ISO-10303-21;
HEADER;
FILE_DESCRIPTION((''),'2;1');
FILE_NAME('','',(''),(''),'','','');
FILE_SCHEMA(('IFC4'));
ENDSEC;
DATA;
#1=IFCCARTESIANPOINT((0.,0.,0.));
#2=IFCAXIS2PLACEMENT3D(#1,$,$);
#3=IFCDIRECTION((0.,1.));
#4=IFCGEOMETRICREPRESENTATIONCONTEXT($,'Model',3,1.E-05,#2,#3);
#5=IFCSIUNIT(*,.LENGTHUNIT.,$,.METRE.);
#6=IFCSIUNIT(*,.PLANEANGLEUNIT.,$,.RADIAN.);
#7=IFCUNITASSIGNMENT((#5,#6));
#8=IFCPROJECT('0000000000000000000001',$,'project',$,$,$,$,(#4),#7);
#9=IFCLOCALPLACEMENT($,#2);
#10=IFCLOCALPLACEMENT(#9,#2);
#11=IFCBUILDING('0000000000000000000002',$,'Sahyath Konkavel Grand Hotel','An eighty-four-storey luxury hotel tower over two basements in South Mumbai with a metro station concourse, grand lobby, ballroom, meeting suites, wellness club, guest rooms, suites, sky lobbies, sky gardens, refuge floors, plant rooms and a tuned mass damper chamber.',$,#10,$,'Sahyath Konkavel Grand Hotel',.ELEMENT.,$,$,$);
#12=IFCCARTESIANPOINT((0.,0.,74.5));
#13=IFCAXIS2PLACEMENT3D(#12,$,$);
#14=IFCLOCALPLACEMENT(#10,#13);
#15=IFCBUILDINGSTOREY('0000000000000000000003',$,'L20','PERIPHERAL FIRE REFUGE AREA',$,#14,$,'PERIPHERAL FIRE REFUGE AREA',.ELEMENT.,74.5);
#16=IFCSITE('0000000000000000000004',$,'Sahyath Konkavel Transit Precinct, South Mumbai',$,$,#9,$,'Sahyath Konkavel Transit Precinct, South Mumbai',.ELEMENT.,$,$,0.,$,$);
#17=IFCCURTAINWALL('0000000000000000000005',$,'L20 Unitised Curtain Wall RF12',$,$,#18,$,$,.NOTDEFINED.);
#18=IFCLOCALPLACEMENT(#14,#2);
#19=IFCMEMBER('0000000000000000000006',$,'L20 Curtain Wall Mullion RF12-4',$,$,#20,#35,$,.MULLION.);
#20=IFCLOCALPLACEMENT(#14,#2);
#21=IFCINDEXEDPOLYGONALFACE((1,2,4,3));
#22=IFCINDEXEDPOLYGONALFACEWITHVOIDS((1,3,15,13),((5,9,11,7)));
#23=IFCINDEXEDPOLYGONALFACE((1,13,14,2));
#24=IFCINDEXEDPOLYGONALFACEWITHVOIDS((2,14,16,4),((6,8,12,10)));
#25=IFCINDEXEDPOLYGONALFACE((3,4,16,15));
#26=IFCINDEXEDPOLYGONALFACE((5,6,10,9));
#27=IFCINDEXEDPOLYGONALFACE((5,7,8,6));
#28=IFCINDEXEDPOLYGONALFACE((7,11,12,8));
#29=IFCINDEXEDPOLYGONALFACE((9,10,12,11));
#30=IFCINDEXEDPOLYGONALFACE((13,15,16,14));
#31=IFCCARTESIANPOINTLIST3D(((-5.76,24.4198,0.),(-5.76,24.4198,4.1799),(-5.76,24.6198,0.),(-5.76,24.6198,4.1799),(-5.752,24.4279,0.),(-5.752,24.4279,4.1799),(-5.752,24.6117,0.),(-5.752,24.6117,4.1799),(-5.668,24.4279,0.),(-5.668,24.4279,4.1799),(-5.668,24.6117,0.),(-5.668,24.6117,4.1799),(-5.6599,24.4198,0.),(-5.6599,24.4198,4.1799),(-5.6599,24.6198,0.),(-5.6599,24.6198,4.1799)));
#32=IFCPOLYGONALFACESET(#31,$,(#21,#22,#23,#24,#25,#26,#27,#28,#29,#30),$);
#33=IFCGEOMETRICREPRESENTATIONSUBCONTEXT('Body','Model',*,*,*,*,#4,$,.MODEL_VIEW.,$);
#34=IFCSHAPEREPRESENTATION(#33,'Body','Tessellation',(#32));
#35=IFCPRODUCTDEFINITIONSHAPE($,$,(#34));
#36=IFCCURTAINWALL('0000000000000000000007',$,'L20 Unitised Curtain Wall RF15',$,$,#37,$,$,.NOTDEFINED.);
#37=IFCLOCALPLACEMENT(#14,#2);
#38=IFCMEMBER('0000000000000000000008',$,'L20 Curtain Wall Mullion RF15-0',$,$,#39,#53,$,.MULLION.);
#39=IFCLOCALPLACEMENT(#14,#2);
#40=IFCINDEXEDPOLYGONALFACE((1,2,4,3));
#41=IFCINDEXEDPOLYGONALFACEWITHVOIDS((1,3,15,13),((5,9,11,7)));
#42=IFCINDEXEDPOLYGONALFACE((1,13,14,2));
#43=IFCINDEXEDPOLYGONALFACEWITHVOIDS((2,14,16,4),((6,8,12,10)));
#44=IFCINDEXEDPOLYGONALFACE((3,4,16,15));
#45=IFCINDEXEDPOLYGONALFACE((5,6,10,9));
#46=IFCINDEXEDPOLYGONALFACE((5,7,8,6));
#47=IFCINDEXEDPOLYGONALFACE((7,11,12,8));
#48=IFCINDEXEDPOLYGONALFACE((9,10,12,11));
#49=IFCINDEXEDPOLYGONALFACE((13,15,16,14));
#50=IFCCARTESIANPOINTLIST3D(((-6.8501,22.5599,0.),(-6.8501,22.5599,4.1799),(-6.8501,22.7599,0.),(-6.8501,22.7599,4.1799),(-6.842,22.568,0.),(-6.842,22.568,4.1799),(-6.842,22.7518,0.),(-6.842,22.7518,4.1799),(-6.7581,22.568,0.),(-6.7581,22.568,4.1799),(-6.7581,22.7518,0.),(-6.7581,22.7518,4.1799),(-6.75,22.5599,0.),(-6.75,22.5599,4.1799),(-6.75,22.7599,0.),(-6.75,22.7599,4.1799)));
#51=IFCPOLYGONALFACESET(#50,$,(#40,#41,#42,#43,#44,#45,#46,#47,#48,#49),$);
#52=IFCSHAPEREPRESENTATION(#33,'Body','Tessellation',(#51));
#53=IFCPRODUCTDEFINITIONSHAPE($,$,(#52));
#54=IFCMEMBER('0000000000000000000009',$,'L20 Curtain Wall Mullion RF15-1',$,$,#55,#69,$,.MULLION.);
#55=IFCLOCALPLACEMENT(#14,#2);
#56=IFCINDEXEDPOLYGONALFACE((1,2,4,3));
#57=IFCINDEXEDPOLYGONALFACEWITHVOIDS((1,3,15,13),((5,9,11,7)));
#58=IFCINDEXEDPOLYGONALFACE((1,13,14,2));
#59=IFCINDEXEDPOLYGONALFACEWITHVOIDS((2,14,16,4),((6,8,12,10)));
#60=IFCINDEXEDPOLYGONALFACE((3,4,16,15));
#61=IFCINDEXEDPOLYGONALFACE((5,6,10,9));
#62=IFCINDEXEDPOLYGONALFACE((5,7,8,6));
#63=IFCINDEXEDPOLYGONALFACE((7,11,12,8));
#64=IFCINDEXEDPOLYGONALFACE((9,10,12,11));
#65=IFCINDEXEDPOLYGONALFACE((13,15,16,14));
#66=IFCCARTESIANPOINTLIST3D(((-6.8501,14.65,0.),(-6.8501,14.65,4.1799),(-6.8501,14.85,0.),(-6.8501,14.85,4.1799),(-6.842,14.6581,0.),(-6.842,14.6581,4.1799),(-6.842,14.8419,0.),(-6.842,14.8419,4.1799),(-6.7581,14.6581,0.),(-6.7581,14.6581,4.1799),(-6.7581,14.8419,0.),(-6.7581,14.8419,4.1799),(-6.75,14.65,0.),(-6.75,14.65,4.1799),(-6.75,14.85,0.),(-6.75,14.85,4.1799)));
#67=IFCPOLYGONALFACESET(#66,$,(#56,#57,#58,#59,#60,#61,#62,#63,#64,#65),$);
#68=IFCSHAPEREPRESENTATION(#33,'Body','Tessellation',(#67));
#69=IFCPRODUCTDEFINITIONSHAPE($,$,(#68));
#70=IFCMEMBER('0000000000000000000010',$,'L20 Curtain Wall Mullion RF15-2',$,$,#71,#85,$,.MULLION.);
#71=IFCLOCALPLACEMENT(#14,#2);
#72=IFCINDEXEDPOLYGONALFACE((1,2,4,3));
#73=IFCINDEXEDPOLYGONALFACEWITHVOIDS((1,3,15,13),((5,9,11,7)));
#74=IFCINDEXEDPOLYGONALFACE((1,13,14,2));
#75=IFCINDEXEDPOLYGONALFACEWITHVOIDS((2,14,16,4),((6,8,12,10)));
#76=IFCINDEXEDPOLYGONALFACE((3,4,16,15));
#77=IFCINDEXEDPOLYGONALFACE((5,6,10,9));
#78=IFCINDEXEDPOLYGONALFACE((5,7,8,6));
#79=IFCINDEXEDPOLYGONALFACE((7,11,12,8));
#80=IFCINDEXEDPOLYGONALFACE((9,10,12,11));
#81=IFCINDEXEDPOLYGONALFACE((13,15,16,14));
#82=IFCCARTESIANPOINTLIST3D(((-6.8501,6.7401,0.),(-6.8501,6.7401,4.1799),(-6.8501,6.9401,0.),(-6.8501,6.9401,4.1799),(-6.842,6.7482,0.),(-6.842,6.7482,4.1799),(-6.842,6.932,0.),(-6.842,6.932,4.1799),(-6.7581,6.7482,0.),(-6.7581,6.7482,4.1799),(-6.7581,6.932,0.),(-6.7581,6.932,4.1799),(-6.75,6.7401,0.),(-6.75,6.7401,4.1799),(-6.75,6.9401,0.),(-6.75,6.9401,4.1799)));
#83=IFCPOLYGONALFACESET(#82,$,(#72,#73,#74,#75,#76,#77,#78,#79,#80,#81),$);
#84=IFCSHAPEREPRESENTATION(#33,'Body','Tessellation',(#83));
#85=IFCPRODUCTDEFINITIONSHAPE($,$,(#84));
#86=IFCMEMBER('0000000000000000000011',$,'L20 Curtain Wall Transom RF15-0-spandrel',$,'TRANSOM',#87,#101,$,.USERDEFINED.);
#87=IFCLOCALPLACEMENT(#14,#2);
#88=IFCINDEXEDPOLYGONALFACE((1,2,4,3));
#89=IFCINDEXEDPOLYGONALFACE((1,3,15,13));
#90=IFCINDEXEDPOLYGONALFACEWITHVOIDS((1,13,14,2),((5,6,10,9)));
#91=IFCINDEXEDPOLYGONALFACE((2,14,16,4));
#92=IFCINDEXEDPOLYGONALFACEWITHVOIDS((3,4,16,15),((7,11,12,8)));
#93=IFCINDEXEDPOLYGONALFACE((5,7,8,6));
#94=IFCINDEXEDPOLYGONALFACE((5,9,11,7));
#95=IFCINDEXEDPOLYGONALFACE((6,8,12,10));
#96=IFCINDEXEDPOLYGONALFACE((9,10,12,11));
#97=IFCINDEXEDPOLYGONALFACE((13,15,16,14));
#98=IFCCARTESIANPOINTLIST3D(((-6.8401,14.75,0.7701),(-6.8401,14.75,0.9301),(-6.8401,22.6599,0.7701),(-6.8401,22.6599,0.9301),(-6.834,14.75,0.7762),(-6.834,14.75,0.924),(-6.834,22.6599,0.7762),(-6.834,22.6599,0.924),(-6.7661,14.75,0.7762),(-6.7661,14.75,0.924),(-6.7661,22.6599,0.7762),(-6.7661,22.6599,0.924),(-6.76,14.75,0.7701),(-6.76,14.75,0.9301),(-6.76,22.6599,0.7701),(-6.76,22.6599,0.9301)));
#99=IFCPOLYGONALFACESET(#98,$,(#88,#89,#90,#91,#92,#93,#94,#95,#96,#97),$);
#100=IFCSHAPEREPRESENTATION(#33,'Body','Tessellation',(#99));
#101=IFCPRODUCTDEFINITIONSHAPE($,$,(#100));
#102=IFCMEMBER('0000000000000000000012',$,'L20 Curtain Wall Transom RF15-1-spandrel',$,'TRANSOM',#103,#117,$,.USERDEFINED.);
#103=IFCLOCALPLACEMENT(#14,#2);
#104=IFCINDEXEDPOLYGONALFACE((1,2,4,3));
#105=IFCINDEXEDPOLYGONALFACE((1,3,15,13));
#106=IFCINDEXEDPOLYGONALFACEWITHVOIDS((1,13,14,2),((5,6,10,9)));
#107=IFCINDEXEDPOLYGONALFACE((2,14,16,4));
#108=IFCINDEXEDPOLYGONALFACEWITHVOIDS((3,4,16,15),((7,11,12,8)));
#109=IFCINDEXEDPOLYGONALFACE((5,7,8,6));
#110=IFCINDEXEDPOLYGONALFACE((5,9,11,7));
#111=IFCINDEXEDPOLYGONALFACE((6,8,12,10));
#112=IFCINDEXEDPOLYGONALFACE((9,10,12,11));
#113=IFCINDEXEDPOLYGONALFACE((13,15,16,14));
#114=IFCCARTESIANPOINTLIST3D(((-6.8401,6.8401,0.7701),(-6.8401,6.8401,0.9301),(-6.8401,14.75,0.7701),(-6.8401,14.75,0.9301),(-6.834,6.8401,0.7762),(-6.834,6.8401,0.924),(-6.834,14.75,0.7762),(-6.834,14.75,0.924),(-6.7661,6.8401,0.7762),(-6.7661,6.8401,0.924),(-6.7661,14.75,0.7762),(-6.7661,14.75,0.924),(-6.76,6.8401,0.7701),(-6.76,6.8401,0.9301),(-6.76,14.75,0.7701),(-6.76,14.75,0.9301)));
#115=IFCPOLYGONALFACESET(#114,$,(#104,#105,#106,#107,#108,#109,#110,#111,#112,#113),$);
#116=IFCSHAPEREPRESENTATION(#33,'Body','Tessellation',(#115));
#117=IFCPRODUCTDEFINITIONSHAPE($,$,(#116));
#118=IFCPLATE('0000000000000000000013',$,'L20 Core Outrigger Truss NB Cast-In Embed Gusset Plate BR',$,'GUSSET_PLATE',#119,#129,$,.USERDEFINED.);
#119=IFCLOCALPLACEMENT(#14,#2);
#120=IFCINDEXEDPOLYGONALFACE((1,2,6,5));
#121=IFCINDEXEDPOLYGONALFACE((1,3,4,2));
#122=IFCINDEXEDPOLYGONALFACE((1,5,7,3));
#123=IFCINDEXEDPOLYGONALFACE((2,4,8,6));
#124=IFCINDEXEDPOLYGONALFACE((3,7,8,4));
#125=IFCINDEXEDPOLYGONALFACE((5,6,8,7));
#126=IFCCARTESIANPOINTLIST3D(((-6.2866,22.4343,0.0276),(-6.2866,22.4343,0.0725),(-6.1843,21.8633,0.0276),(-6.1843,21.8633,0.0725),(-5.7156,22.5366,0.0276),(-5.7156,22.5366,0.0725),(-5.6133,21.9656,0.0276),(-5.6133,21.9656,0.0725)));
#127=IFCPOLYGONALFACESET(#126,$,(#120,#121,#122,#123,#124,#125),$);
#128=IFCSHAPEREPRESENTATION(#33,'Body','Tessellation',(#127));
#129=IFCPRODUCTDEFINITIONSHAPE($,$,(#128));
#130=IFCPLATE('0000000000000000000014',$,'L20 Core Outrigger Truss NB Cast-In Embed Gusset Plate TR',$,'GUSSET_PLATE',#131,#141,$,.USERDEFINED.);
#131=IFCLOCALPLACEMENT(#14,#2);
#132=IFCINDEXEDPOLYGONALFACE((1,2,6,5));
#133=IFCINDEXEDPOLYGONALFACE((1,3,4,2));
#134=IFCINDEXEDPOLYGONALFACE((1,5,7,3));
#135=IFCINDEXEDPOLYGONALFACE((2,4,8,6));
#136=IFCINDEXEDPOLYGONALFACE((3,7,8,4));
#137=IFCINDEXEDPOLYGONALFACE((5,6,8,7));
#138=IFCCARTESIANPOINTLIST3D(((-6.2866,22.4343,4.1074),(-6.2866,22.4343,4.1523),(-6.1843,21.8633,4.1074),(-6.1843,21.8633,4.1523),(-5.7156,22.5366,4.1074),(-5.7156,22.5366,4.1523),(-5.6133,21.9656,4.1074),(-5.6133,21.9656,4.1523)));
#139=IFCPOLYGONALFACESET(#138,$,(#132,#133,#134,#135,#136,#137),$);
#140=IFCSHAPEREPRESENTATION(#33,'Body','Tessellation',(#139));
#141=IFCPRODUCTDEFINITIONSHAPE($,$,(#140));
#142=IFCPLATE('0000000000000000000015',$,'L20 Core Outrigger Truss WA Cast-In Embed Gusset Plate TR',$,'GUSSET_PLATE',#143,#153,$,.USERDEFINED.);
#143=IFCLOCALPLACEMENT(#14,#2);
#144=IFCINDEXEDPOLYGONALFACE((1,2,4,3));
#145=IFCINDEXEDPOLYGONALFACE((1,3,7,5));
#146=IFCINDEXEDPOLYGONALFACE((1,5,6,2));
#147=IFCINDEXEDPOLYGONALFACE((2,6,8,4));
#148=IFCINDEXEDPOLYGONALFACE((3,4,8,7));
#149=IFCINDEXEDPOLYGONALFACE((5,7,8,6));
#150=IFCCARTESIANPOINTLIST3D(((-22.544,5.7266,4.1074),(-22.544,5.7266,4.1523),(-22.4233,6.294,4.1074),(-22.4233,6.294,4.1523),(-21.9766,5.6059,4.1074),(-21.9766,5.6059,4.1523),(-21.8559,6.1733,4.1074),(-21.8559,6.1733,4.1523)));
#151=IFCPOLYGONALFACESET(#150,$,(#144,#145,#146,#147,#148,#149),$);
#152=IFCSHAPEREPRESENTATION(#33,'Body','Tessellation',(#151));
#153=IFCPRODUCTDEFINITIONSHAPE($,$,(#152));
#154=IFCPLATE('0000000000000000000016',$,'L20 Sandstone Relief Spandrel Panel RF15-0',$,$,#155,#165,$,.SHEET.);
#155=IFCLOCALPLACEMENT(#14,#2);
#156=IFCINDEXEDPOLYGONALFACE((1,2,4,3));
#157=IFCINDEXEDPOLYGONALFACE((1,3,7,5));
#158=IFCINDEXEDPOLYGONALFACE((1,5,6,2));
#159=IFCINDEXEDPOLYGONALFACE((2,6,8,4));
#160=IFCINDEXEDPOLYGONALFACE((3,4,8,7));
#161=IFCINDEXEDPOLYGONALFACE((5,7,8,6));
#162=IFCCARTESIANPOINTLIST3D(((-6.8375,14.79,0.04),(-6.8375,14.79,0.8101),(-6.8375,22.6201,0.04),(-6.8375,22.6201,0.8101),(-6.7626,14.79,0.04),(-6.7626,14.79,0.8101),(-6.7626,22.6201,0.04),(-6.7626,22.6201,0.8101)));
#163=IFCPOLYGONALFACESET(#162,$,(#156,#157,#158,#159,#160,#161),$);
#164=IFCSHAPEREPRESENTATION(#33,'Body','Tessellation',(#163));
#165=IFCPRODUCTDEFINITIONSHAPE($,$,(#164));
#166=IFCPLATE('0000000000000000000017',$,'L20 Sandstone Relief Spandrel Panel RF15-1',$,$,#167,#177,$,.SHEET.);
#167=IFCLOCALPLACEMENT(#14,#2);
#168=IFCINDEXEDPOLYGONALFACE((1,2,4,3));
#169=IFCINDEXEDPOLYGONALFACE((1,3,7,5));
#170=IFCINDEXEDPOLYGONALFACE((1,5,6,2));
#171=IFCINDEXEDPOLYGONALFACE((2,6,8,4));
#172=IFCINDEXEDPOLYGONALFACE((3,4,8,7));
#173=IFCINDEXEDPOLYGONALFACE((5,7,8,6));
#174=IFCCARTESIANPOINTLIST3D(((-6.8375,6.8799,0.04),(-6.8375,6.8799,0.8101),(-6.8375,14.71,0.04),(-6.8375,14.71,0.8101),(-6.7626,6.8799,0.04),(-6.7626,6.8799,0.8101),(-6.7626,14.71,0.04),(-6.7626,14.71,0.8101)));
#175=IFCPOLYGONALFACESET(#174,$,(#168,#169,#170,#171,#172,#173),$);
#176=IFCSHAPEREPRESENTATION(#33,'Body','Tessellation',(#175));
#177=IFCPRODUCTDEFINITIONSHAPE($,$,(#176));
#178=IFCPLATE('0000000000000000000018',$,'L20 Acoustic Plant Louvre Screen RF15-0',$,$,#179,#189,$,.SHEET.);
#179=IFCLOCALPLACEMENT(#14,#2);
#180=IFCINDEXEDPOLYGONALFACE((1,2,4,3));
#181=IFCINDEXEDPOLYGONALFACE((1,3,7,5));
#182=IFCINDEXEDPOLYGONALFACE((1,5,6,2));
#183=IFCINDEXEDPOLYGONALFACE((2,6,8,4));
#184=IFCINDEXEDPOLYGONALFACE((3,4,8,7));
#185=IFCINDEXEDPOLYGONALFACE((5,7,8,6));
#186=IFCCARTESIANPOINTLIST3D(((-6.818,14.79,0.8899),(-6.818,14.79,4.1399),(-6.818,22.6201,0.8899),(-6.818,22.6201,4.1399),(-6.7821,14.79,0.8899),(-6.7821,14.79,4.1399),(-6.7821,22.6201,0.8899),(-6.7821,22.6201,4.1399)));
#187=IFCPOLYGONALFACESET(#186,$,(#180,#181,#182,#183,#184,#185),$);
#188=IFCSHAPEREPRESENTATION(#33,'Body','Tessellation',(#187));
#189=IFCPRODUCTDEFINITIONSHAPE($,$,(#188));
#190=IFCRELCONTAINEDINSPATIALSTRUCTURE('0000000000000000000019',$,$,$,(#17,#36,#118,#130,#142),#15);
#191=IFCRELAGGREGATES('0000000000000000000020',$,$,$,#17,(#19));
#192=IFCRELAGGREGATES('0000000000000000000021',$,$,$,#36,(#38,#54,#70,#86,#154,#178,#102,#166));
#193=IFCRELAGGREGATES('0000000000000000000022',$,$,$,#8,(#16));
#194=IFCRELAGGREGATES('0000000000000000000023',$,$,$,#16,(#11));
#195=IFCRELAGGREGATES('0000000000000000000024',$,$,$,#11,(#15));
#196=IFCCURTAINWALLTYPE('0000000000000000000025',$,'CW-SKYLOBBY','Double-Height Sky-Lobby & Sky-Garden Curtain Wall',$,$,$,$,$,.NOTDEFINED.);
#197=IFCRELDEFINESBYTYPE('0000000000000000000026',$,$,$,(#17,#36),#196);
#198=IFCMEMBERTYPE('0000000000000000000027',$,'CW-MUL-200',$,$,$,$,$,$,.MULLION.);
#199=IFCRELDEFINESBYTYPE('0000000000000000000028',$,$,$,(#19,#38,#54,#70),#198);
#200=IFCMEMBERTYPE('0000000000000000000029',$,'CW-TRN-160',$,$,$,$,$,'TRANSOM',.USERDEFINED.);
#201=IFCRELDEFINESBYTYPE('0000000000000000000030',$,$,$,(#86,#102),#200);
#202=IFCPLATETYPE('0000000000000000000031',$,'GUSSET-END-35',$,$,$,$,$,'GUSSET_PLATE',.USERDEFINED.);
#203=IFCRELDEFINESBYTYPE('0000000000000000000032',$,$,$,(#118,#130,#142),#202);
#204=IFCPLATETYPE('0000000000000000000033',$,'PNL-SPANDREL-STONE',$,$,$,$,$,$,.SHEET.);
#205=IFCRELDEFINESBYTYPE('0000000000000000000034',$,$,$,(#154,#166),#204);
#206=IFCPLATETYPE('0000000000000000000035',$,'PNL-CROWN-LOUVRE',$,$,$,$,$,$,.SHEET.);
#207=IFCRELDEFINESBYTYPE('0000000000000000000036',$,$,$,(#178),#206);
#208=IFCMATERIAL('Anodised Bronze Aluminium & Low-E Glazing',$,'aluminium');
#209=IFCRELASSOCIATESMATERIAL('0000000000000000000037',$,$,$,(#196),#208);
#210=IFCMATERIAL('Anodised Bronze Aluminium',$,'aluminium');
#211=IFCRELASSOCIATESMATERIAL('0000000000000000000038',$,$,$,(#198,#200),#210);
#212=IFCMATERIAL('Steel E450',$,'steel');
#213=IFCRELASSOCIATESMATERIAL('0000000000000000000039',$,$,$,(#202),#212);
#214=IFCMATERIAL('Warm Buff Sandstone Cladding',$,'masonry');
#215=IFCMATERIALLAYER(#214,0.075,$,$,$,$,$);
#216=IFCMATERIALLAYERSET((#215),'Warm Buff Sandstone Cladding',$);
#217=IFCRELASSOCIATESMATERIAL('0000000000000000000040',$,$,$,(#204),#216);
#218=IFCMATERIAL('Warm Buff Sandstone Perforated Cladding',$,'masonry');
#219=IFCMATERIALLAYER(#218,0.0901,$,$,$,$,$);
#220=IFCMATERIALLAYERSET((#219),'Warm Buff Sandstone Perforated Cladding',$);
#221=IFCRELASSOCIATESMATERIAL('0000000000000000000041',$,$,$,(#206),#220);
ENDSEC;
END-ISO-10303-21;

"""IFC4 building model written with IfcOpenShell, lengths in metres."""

from ifc_helpers import new_model, si_unit, direction, frame, origin, origin_2d, place, context, subcontext, project, spatial, rectangle, hollow_rectangle, extrude, source, transform, mapped, material, layer, layer_set, material_profile, profile_set, type_object, element, aggregate, save


model = new_model("IFC4")

# Units and contexts
model_context = context("Model", 3, precision=1e-05, world=origin(), true_north=direction((0.0, 1.0)))
body_context = subcontext(model_context, "Body", "Model", "MODEL_VIEW")
ifc_project = project(units=[si_unit("LENGTHUNIT", "METRE"), si_unit("PLANEANGLEUNIT", "RADIAN")], contexts=[model_context])

# Site, building, storey
site_placement = place(None, origin())
site = spatial("IfcSite", under=ifc_project, at=site_placement, Name="Sahyath Konkavel Transit Precinct, South Mumbai", LongName="Sahyath Konkavel Transit Precinct, South Mumbai", CompositionType="ELEMENT", RefElevation=0.0)
building_placement = place(site_placement, origin())
building = spatial("IfcBuilding", under=site, at=building_placement, Name="Sahyath Konkavel Grand Hotel", Description="An eighty-four-storey luxury hotel tower over two basements in South Mumbai with a metro station concourse, grand lobby, ballroom, meeting suites, wellness club, guest rooms, suites, sky lobbies, sky gardens, refuge floors, plant rooms and a tuned mass damper chamber.", LongName="Sahyath Konkavel Grand Hotel", CompositionType="ELEMENT")
storey_placement = place(building_placement, frame((0.0, 0.0, 74.5)))
storey = spatial("IfcBuildingStorey", under=building, at=storey_placement, Name="L20", Description="PERIPHERAL FIRE REFUGE AREA", LongName="PERIPHERAL FIRE REFUGE AREA", CompositionType="ELEMENT", Elevation=74.5)

# Shared definitions
ifc_material_1 = material(Name="Steel E450", Category="steel")

# Curtain wall, member
ifc_material_2 = material(Name="Anodised Bronze Aluminium & Low-E Glazing", Category="aluminium")
curtain_wall_type = type_object("IfcCurtainWallType", Name="CW-SKYLOBBY", Description="Double-Height Sky-Lobby & Sky-Garden Curtain Wall", PredefinedType="NOTDEFINED", material=ifc_material_2)
curtain_wall_1_placement = place(storey_placement, origin())
curtain_wall_1 = element("IfcCurtainWall", 1, at=curtain_wall_1_placement, inside=storey, type_object=curtain_wall_type, Name="L20 Unitised Curtain Wall RF12", PredefinedType="NOTDEFINED")
ifc_material_3 = material(Name="Anodised Bronze Aluminium", Category="aluminium")
ifc_material_profile_1 = material_profile(ifc_material_3, hollow_rectangle(XDim=0.1001, YDim=0.2, WallThickness=0.0081, at=origin_2d()), Name="RHS 200x100x8")
ifc_profile_set_1 = profile_set([ifc_material_profile_1], Name="Anodised Bronze Aluminium")
member_type_1 = type_object("IfcMemberType", Name="CW-MUL-200", PredefinedType="MULLION", material=ifc_profile_set_1)
shared_shape_1 = source(origin(), body_context, "Body", "SweptSolid", [
    extrude(hollow_rectangle(XDim=0.1001, YDim=0.2, WallThickness=0.0081, at=origin_2d()), origin(), (0.0, 0.0, 1.0), 4.1799),
])
member_1_placement = place(storey_placement, frame((-5.71, 24.5198, 0.0), z_axis=(0.0, 0.0, 1.0), x_axis=(1.0, 0.0, 0.0)))
member_1 = element("IfcMember", 2, at=member_1_placement, type_object=member_type_1, Name="L20 Curtain Wall Mullion RF12-4", PredefinedType="MULLION", context=body_context, shape_type="MappedRepresentation", body=[
    mapped(shared_shape_1, transform((0.0, 0.0, 0.0), scale=1.0)),
])
aggregate(curtain_wall_1, [member_1])

# Curtain wall, members
curtain_wall_2_placement = place(storey_placement, origin())
curtain_wall_2 = element("IfcCurtainWall", 3, at=curtain_wall_2_placement, inside=storey, type_object=curtain_wall_type, Name="L20 Unitised Curtain Wall RF15", PredefinedType="NOTDEFINED")
member_2_placement = place(storey_placement, frame((-6.8, 22.6599, 0.0), z_axis=(0.0, 0.0, 1.0), x_axis=(1.0, 0.0, 0.0)))
member_2 = element("IfcMember", 4, at=member_2_placement, type_object=member_type_1, Name="L20 Curtain Wall Mullion RF15-0", PredefinedType="MULLION", context=body_context, shape_type="MappedRepresentation", body=[
    mapped(shared_shape_1, transform((0.0, 0.0, 0.0), scale=1.0)),
])
member_3_placement = place(storey_placement, frame((-6.8, 14.75, 0.0), z_axis=(0.0, 0.0, 1.0), x_axis=(1.0, 0.0, 0.0)))
member_3 = element("IfcMember", 5, at=member_3_placement, type_object=member_type_1, Name="L20 Curtain Wall Mullion RF15-1", PredefinedType="MULLION", context=body_context, shape_type="MappedRepresentation", body=[
    mapped(shared_shape_1, transform((0.0, 0.0, 0.0), scale=1.0)),
])
member_4_placement = place(storey_placement, frame((-6.8, 6.8401, 0.0), z_axis=(0.0, 0.0, 1.0), x_axis=(1.0, 0.0, 0.0)))
member_4 = element("IfcMember", 6, at=member_4_placement, type_object=member_type_1, Name="L20 Curtain Wall Mullion RF15-2", PredefinedType="MULLION", context=body_context, shape_type="MappedRepresentation", body=[
    mapped(shared_shape_1, transform((0.0, 0.0, 0.0), scale=1.0)),
])
ifc_material_profile_2 = material_profile(ifc_material_3, hollow_rectangle(XDim=0.0801, YDim=0.1599, WallThickness=0.0061, at=origin_2d()), Name="RHS 160x80x6")
ifc_profile_set_2 = profile_set([ifc_material_profile_2], Name="Anodised Bronze Aluminium")
member_type_2 = type_object("IfcMemberType", Name="CW-TRN-160", ElementType="TRANSOM", PredefinedType="USERDEFINED", material=ifc_profile_set_2)
shared_shape_2 = source(origin(), body_context, "Body", "SweptSolid", [
    extrude(hollow_rectangle(XDim=0.0801, YDim=0.1599, WallThickness=0.0061, at=origin_2d()), origin(), (0.0, 0.0, 1.0), 7.9099),
])
member_5_placement = place(storey_placement, frame((-6.8, 22.6599, 0.8501), z_axis=(0.0, -1.0, 0.0), x_axis=(1.0, 0.0, 0.0)))
member_5 = element("IfcMember", 7, at=member_5_placement, type_object=member_type_2, Name="L20 Curtain Wall Transom RF15-0-spandrel", ObjectType="TRANSOM", PredefinedType="USERDEFINED", context=body_context, shape_type="MappedRepresentation", body=[
    mapped(shared_shape_2, transform((0.0, 0.0, 0.0), scale=1.0)),
])
member_6_placement = place(storey_placement, frame((-6.8, 14.75, 0.8501), z_axis=(0.0, -1.0, 0.0), x_axis=(1.0, 0.0, 0.0)))
member_6 = element("IfcMember", 8, at=member_6_placement, type_object=member_type_2, Name="L20 Curtain Wall Transom RF15-1-spandrel", ObjectType="TRANSOM", PredefinedType="USERDEFINED", context=body_context, shape_type="MappedRepresentation", body=[
    mapped(shared_shape_2, transform((0.0, 0.0, 0.0), scale=1.0)),
])

# Plates
plate_type_1 = type_object("IfcPlateType", Name="GUSSET-END-35", ElementType="GUSSET_PLATE", PredefinedType="USERDEFINED", material=ifc_material_1)
shared_shape_3 = source(origin(), body_context, "Body", "SweptSolid", [
    extrude(rectangle(XDim=0.5801, YDim=0.5801, at=origin_2d()), origin(), (0.0, 0.0, 1.0), 0.0449),
])
for number, where, z_axis, x_axis, name in (
    (9, (-5.95, 22.2, 0.0276), (0.0, 0.0, 1.0), (-0.176363, 0.984325, 0.0), "L20 Core Outrigger Truss NB Cast-In Embed Gusset Plate BR"),
    (10, (-5.95, 22.2, 4.1074), (0.0, 0.0, 1.0), (-0.176363, 0.984325, 0.0), "L20 Core Outrigger Truss NB Cast-In Embed Gusset Plate TR"),
    (11, (-22.2, 5.95, 4.1074), (0.0, 0.0, 1.0), (-0.978144, 0.207929, 0.0), "L20 Core Outrigger Truss WA Cast-In Embed Gusset Plate TR"),
):
    element("IfcPlate", number, at=place(storey_placement, frame(where, z_axis=z_axis, x_axis=x_axis)), inside=storey, type_object=plate_type_1, Name=name, ObjectType="GUSSET_PLATE", PredefinedType="USERDEFINED", context=body_context, shape_type="MappedRepresentation", body=[
        mapped(shared_shape_3, transform((0.0, 0.0, 0.0), scale=1.0)),
    ])

# Plates
ifc_material_4 = material(Name="Warm Buff Sandstone Cladding", Category="masonry")
ifc_layer_1 = layer(ifc_material_4, 0.075)
ifc_layer_set_1 = layer_set([ifc_layer_1], Name="Warm Buff Sandstone Cladding")
plate_type_2 = type_object("IfcPlateType", Name="PNL-SPANDREL-STONE", PredefinedType="SHEET", material=ifc_layer_set_1)
shared_shape_4 = source(origin(), body_context, "Body", "SweptSolid", [
    extrude(rectangle(XDim=7.8301, YDim=0.075, at=origin_2d()), origin(), (0.0, 0.0, 1.0), 0.77),
])
plate_1_placement = place(storey_placement, frame((-6.8, 18.7051, 0.04), z_axis=(0.0, 0.0, 1.0), x_axis=(0.0, -1.0, 0.0)))
plate_1 = element("IfcPlate", 12, at=plate_1_placement, type_object=plate_type_2, Name="L20 Sandstone Relief Spandrel Panel RF15-0", PredefinedType="SHEET", context=body_context, shape_type="MappedRepresentation", body=[
    mapped(shared_shape_4, transform((0.0, 0.0, 0.0), scale=1.0)),
])
plate_2_placement = place(storey_placement, frame((-6.8, 10.7949, 0.04), z_axis=(0.0, 0.0, 1.0), x_axis=(0.0, -1.0, 0.0)))
plate_2 = element("IfcPlate", 13, at=plate_2_placement, type_object=plate_type_2, Name="L20 Sandstone Relief Spandrel Panel RF15-1", PredefinedType="SHEET", context=body_context, shape_type="MappedRepresentation", body=[
    mapped(shared_shape_4, transform((0.0, 0.0, 0.0), scale=1.0)),
])
ifc_material_5 = material(Name="Warm Buff Sandstone Perforated Cladding", Category="masonry")
ifc_layer_2 = layer(ifc_material_5, 0.0901)
ifc_layer_set_2 = layer_set([ifc_layer_2], Name="Warm Buff Sandstone Perforated Cladding")
plate_type_3 = type_object("IfcPlateType", Name="PNL-CROWN-LOUVRE", PredefinedType="SHEET", material=ifc_layer_set_2)
shared_shape_5 = source(origin(), body_context, "Body", "SweptSolid", [
    extrude(rectangle(XDim=7.8301, YDim=0.0359, at=origin_2d()), origin(), (0.0, 0.0, 1.0), 3.25),
])
plate_3_placement = place(storey_placement, frame((-6.8, 18.7051, 0.8899), z_axis=(0.0, 0.0, 1.0), x_axis=(0.0, -1.0, 0.0)))
plate_3 = element("IfcPlate", 14, at=plate_3_placement, type_object=plate_type_3, Name="L20 Acoustic Plant Louvre Screen RF15-0", PredefinedType="SHEET", context=body_context, shape_type="MappedRepresentation", body=[
    mapped(shared_shape_5, transform((0.0, 0.0, 0.0), scale=1.0)),
])
aggregate(curtain_wall_2, [member_2, member_3, member_4, member_5, plate_1, plate_3, member_6, plate_2])

save(model, "model.ifc")
